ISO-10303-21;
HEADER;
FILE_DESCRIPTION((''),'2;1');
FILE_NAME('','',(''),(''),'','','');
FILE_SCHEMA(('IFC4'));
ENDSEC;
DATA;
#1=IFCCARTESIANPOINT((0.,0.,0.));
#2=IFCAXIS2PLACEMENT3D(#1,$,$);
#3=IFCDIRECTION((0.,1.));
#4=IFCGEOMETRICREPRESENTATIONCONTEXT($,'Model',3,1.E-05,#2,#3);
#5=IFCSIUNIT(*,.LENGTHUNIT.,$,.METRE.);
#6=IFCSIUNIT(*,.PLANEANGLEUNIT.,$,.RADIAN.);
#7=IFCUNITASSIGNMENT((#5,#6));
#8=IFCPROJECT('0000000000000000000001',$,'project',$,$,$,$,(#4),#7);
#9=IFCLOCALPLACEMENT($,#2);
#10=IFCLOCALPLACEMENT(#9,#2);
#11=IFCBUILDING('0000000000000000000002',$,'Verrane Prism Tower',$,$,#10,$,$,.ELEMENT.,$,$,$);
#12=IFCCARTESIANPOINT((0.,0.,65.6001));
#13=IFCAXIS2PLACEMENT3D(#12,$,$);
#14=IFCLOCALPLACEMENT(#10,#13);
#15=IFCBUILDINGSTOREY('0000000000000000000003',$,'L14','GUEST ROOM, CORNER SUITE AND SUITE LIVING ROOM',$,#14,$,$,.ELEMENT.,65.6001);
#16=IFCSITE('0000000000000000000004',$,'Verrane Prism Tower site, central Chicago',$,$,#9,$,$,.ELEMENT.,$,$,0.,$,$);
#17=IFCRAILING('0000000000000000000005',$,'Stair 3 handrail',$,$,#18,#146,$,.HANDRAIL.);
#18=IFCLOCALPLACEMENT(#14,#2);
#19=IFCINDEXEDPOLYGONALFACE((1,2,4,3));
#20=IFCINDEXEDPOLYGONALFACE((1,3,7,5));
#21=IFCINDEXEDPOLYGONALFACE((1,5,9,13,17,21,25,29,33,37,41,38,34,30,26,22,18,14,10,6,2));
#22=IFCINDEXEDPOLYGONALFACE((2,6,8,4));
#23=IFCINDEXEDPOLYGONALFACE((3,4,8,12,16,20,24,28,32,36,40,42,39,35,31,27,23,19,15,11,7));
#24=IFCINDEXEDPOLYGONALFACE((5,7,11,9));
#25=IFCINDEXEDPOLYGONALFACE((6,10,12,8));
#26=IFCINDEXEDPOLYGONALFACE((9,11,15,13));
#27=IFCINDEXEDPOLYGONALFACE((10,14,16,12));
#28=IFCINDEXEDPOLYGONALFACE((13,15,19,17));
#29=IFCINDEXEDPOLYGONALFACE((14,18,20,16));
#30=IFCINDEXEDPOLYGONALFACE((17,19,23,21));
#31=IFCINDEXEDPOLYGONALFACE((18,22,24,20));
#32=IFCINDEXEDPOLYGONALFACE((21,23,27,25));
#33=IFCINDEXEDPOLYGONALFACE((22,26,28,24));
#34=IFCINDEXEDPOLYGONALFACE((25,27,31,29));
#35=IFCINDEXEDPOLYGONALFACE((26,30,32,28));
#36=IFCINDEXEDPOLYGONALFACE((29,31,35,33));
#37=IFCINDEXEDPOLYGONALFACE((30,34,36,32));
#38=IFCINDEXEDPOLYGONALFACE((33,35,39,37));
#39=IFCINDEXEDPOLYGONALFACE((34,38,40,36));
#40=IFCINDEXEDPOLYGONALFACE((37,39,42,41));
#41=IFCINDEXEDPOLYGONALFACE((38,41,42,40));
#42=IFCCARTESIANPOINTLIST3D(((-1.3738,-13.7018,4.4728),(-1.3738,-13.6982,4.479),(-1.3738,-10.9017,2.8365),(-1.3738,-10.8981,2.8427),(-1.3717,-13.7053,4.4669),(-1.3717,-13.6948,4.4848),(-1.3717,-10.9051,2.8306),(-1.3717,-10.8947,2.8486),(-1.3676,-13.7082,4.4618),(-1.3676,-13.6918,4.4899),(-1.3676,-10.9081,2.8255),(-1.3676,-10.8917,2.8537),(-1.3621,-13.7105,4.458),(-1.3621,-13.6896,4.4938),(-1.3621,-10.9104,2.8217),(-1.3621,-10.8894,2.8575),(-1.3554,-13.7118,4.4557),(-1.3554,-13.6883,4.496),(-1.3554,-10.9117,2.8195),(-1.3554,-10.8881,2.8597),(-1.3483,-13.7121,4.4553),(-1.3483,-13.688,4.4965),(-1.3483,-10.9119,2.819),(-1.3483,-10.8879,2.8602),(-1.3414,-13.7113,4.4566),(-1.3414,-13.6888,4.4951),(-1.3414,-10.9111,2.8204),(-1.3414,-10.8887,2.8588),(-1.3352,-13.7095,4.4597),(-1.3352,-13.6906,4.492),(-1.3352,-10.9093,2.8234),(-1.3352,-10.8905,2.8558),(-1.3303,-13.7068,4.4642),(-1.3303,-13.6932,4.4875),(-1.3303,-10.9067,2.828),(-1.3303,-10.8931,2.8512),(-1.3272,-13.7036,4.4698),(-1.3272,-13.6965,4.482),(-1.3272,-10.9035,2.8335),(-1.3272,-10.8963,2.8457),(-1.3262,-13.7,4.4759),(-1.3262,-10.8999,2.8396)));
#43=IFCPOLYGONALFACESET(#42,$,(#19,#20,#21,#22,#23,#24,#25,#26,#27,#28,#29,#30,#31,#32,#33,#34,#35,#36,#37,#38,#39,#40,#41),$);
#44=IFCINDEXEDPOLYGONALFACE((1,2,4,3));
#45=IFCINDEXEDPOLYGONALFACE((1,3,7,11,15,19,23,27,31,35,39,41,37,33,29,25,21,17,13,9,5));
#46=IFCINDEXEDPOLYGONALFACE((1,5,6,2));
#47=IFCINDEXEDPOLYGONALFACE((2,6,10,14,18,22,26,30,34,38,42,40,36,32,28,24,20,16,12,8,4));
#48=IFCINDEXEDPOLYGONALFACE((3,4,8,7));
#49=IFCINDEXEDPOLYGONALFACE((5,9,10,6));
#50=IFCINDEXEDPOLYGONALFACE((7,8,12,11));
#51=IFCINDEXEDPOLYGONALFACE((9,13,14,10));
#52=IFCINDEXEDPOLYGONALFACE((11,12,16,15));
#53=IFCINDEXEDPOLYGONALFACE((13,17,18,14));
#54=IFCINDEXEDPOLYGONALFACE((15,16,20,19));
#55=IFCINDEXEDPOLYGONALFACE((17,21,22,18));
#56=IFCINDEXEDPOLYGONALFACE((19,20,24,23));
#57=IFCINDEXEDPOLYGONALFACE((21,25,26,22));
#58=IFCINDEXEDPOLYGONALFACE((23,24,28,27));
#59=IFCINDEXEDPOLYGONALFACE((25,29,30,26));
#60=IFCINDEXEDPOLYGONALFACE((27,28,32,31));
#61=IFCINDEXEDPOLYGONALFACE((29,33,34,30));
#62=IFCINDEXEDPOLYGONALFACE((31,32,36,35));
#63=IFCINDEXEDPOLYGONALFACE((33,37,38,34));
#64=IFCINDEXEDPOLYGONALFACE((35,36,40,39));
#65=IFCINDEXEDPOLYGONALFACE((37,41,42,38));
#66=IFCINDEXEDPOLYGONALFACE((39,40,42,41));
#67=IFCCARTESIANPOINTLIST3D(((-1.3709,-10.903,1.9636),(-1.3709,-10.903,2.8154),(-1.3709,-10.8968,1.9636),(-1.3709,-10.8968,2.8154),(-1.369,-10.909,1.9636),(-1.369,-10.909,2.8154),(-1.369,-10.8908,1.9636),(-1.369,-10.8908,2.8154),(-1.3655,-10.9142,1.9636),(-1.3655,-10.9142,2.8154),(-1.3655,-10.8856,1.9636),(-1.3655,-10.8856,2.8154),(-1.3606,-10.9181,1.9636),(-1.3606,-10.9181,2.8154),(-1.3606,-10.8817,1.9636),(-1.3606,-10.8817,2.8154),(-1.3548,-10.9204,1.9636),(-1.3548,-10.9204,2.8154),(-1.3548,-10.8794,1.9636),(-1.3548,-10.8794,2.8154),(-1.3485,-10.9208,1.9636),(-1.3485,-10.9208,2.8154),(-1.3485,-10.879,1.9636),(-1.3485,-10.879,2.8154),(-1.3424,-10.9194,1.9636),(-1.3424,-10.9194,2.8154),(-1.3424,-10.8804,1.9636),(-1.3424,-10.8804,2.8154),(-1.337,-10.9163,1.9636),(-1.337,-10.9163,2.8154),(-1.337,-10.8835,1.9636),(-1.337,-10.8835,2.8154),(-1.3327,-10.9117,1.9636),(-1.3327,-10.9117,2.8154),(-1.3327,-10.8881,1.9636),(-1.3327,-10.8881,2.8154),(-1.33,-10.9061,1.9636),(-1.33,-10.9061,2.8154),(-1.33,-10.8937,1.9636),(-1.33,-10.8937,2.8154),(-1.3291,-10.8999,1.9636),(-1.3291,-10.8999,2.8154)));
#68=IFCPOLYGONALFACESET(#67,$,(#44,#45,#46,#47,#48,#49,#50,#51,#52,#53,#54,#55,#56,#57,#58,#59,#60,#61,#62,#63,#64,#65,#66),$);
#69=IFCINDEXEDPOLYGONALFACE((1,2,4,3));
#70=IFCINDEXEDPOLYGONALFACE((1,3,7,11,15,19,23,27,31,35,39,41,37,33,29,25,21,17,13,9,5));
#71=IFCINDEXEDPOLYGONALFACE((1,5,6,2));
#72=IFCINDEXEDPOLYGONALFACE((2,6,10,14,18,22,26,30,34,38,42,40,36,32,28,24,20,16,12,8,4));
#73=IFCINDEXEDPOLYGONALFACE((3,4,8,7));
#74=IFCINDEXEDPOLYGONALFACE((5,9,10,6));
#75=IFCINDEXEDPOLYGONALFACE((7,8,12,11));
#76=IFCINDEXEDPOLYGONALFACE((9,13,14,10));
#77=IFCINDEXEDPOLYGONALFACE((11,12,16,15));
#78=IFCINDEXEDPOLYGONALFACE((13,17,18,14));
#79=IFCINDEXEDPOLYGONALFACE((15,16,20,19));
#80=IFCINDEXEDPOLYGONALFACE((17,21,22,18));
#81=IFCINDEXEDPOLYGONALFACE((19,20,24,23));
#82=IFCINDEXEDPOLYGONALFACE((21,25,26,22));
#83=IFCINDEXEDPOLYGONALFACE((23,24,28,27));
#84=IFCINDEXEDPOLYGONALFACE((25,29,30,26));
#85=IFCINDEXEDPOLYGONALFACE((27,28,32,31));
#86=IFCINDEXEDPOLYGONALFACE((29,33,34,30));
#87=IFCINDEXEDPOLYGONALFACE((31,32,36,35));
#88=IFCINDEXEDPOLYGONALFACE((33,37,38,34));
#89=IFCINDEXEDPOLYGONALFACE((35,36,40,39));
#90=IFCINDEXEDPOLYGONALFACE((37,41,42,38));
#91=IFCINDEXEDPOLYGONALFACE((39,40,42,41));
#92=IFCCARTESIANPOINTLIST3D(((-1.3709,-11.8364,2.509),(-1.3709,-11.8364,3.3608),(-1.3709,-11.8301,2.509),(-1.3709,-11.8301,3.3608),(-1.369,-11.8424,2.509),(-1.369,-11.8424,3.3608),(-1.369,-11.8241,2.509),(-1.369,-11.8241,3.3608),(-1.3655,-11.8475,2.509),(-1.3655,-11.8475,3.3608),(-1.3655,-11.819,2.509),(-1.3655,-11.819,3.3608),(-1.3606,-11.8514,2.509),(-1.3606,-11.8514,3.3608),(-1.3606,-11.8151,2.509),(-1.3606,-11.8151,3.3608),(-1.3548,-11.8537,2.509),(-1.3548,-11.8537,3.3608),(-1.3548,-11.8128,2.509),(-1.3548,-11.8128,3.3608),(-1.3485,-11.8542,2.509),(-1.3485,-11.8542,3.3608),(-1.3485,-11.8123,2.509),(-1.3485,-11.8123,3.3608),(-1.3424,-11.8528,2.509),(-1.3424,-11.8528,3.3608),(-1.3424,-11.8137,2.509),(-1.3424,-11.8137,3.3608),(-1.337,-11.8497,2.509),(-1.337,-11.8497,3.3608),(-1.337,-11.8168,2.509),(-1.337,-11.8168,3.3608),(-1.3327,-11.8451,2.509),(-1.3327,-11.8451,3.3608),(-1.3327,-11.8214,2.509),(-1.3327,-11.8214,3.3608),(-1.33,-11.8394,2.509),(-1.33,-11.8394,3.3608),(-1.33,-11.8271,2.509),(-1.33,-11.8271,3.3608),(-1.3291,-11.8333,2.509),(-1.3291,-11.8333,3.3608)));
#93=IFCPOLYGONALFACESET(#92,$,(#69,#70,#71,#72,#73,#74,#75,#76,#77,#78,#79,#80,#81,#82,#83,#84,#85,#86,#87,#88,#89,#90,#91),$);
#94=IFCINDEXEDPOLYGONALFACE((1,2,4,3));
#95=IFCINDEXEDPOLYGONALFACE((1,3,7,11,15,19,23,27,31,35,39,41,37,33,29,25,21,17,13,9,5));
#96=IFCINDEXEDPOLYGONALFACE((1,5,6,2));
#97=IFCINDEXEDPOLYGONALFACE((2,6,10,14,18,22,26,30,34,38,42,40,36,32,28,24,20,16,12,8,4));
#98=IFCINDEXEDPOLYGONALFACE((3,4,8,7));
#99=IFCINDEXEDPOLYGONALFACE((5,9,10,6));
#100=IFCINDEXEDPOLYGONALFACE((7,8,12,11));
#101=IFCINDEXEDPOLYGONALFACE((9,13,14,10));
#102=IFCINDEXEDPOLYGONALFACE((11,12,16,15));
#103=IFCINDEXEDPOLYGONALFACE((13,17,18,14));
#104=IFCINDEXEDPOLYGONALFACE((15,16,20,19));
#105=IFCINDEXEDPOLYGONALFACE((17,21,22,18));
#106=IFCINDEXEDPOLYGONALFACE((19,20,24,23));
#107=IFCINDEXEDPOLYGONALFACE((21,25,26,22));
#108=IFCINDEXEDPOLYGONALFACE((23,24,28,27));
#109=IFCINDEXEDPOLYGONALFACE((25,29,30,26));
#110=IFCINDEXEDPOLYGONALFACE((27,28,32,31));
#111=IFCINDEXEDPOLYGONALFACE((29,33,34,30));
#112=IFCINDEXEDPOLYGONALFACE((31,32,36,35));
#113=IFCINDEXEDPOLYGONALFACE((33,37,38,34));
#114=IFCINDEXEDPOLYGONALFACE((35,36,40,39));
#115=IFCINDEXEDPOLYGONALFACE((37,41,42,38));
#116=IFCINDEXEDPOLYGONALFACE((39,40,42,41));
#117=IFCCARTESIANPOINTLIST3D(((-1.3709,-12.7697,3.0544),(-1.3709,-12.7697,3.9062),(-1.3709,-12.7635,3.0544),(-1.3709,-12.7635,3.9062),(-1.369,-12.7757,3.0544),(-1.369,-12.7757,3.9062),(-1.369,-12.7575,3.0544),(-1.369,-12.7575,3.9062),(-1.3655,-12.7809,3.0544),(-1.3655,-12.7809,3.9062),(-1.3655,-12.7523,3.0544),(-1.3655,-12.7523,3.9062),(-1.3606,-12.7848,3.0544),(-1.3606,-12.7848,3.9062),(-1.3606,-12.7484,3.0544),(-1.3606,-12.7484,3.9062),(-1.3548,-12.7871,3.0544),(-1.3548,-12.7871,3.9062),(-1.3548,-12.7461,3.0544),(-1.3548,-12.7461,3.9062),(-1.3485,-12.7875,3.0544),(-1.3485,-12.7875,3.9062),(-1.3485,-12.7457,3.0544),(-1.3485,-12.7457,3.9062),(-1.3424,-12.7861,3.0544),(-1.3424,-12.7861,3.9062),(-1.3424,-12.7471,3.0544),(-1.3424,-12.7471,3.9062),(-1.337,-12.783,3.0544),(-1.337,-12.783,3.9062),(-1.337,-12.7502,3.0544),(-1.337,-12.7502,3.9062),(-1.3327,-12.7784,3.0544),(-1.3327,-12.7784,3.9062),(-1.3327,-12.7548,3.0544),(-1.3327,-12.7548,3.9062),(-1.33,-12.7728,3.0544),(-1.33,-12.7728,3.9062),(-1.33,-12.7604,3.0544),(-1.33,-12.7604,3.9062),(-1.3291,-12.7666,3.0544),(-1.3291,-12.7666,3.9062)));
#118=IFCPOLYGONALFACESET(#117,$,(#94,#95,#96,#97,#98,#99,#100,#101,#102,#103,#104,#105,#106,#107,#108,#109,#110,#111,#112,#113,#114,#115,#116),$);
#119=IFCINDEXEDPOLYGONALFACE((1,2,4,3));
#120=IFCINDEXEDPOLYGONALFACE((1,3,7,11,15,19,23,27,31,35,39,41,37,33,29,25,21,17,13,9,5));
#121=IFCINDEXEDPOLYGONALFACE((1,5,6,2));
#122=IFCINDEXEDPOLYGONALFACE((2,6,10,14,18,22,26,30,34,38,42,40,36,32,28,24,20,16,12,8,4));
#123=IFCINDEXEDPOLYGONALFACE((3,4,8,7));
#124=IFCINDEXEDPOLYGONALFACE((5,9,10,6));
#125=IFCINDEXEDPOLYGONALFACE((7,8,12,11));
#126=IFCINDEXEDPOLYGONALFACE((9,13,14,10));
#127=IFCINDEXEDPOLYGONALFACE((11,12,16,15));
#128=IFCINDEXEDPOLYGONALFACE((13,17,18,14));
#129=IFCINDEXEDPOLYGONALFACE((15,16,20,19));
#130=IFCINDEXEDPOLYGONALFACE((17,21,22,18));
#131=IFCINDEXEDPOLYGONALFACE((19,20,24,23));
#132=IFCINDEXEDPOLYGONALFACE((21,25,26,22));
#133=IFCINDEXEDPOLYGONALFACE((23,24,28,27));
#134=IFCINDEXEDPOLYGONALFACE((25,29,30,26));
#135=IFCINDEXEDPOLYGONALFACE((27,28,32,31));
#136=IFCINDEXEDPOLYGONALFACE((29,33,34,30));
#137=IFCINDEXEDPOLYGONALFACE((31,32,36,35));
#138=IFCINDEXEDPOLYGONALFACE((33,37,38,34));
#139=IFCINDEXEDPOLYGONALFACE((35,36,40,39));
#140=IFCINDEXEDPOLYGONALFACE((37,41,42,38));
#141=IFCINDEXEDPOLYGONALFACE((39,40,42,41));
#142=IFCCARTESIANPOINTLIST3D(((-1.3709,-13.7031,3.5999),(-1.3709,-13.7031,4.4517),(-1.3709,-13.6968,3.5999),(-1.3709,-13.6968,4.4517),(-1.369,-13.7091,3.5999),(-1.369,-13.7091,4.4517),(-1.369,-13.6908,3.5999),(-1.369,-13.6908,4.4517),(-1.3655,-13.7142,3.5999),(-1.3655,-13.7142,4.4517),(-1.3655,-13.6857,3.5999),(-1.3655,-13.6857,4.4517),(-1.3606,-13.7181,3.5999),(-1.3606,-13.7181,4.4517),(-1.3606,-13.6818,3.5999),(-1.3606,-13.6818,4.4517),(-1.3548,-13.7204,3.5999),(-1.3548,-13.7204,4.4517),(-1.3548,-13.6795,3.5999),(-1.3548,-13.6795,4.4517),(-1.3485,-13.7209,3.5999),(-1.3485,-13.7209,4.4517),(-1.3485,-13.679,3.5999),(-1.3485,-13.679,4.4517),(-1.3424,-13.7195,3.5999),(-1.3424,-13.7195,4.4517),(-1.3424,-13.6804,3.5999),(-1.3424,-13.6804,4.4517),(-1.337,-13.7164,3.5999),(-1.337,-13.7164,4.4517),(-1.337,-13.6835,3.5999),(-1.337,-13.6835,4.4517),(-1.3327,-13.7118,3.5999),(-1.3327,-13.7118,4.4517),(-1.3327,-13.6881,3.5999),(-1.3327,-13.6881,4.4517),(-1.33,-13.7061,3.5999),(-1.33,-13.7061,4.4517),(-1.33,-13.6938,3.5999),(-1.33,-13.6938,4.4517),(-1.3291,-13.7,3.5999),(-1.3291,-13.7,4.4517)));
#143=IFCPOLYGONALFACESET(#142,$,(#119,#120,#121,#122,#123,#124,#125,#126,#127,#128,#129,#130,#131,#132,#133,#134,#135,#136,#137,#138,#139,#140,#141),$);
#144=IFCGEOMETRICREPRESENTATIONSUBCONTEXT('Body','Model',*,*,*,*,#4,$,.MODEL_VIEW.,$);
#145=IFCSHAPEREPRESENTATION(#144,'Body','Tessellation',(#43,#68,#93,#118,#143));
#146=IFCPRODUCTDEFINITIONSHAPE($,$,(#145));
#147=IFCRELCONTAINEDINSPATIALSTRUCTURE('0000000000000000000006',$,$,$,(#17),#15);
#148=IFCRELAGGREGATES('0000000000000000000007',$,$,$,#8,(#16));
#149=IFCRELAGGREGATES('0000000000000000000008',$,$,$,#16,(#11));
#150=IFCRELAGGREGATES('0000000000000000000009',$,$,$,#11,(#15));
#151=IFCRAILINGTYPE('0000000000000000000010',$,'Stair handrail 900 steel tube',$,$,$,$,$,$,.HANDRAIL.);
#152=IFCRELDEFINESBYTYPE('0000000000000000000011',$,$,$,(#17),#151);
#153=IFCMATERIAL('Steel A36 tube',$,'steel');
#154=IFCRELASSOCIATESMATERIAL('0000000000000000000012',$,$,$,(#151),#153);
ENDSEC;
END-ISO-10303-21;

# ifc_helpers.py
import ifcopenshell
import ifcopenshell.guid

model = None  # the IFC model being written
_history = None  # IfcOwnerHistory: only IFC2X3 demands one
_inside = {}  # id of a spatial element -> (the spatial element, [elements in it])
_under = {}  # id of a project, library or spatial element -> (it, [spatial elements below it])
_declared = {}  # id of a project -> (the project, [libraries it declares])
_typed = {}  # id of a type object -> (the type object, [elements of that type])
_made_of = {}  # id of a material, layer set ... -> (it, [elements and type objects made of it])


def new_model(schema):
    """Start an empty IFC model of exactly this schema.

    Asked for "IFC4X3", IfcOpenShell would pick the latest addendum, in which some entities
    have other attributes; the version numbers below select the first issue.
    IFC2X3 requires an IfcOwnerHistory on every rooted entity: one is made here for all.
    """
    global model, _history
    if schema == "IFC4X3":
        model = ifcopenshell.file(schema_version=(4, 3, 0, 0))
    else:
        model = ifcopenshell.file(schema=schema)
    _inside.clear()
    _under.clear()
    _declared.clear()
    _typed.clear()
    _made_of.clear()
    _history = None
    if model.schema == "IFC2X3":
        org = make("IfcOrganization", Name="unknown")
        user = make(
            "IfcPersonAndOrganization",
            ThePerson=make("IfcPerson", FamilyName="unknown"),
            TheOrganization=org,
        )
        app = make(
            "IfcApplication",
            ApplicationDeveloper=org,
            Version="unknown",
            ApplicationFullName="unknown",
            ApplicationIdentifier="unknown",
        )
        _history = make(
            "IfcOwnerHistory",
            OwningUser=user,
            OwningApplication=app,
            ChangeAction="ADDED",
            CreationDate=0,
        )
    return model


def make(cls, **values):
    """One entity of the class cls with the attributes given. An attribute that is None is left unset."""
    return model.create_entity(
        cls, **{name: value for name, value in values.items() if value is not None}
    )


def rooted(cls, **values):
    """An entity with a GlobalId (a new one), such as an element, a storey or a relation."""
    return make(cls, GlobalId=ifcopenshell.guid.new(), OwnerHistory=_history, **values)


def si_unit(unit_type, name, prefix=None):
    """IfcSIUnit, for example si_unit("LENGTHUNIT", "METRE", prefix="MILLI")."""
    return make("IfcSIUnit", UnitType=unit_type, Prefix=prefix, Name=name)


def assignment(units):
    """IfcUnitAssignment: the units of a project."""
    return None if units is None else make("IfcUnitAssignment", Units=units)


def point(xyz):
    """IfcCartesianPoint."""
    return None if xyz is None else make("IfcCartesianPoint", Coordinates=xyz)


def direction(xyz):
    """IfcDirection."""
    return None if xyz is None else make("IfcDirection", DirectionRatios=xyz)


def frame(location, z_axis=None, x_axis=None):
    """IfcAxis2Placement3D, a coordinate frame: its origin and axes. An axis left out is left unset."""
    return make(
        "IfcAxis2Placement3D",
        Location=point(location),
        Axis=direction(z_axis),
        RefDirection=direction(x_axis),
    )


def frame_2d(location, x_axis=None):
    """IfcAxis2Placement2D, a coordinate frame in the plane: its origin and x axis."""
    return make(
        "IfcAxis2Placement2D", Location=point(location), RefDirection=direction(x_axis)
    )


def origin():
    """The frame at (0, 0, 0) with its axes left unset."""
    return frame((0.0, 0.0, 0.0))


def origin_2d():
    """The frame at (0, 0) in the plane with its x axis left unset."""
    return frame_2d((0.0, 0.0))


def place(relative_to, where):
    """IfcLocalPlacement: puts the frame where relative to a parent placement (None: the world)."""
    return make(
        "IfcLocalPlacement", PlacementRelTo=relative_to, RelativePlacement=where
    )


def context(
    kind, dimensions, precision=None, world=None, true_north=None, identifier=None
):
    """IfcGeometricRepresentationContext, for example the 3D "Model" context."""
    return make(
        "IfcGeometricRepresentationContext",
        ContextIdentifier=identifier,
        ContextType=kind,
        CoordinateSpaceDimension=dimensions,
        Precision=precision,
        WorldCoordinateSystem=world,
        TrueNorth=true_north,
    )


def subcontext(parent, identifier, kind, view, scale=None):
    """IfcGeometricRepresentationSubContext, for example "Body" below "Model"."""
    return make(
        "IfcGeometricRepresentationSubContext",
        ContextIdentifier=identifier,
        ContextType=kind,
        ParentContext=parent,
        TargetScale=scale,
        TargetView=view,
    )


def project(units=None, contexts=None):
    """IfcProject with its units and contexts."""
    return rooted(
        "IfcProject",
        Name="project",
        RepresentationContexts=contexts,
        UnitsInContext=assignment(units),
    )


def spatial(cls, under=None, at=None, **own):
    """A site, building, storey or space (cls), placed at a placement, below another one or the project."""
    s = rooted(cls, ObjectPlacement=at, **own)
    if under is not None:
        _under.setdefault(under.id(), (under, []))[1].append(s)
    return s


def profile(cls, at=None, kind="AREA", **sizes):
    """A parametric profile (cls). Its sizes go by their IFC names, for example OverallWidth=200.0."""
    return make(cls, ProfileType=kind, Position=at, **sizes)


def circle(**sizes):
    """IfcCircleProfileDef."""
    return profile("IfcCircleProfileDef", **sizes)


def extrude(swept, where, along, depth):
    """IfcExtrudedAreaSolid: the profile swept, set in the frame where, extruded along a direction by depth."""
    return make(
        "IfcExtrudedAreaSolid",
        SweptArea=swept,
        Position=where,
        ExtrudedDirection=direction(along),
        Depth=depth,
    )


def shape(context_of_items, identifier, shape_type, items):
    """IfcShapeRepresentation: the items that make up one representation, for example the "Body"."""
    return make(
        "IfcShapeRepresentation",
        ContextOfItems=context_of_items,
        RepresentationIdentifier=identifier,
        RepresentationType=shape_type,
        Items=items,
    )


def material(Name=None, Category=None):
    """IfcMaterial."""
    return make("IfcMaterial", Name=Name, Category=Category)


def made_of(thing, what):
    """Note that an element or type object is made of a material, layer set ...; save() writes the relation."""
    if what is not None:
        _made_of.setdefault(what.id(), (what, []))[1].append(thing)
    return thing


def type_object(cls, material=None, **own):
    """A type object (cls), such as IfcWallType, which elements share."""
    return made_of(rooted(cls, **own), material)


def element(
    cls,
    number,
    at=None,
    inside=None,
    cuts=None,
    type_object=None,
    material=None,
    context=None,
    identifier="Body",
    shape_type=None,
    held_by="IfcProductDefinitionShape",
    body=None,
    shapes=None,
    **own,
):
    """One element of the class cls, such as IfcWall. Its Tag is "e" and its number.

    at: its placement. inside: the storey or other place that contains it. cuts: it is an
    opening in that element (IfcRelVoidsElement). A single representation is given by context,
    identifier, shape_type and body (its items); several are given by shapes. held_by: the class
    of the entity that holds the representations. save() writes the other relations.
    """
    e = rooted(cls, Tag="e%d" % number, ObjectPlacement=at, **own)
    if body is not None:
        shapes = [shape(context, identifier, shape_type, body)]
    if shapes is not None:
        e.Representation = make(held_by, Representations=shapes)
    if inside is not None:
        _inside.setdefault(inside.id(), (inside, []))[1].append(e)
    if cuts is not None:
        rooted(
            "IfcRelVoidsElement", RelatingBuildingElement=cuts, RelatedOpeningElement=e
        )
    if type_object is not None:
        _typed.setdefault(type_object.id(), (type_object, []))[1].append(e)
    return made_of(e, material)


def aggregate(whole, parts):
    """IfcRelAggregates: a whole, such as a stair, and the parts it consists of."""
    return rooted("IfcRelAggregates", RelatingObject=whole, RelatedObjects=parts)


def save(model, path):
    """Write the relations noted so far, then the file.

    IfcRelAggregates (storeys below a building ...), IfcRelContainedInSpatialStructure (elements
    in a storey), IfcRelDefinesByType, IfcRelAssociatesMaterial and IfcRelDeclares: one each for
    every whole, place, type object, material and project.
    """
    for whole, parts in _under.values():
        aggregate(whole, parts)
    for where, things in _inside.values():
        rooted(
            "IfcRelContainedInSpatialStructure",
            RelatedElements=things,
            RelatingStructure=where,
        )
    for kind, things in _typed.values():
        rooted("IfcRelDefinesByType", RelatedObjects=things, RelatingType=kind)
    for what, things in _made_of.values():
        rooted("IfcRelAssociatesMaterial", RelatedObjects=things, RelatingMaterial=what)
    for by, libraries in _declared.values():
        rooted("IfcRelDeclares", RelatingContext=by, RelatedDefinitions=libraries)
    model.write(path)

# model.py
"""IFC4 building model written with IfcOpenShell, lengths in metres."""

from ifc_helpers import new_model, si_unit, direction, frame, origin, origin_2d, place, context, subcontext, project, spatial, circle, extrude, material, type_object, element, save


model = new_model("IFC4")

# Units and contexts
model_context = context("Model", 3, precision=1e-05, world=origin(), true_north=direction((0.0, 1.0)))
body_context = subcontext(model_context, "Body", "Model", "MODEL_VIEW")
ifc_project = project(units=[si_unit("LENGTHUNIT", "METRE"), si_unit("PLANEANGLEUNIT", "RADIAN")], contexts=[model_context])

# Site, building, storey
site_placement = place(None, origin())
site = spatial("IfcSite", under=ifc_project, at=site_placement, Name="Verrane Prism Tower site, central Chicago", CompositionType="ELEMENT", RefElevation=0.0)
building_placement = place(site_placement, origin())
building = spatial("IfcBuilding", under=site, at=building_placement, Name="Verrane Prism Tower", CompositionType="ELEMENT")
storey_placement = place(building_placement, frame((0.0, 0.0, 65.6001)))
storey = spatial("IfcBuildingStorey", under=building, at=storey_placement, Name="L14", Description="GUEST ROOM, CORNER SUITE AND SUITE LIVING ROOM", CompositionType="ELEMENT", Elevation=65.6001)

# Railing
ifc_material_1 = material(Name="Steel A36 tube", Category="steel")
railing_type = type_object("IfcRailingType", Name="Stair handrail 900 steel tube", PredefinedType="HANDRAIL", material=ifc_material_1)
railing_placement = place(storey_placement, frame((-1.3501, -10.8999, 1.9636)))
element("IfcRailing", 1, at=railing_placement, inside=storey, type_object=railing_type, Name="Stair 3 handrail", PredefinedType="HANDRAIL", context=body_context, shape_type="SweptSolid", body=[
    extrude(circle(Radius=0.0239, at=origin_2d()), frame((0.0, 0.0, 0.876), z_axis=(0.0, -0.863394, 0.504531), x_axis=(1.0, 0.0, 0.0)), (0.0, 0.0, 1.0), 3.2432),
    extrude(circle(Radius=0.021, at=origin_2d()), origin(), (0.0, 0.0, 1.0), 0.8518),
    extrude(circle(Radius=0.021, at=origin_2d()), frame((0.0, -0.9333, 0.5454)), (0.0, 0.0, 1.0), 0.8518),
    extrude(circle(Radius=0.021, at=origin_2d()), frame((0.0, -1.8667, 1.0908)), (0.0, 0.0, 1.0), 0.8518),
    extrude(circle(Radius=0.021, at=origin_2d()), frame((0.0, -2.8, 1.6362)), (0.0, 0.0, 1.0), 0.8518),
])

save(model, "model.ifc")
